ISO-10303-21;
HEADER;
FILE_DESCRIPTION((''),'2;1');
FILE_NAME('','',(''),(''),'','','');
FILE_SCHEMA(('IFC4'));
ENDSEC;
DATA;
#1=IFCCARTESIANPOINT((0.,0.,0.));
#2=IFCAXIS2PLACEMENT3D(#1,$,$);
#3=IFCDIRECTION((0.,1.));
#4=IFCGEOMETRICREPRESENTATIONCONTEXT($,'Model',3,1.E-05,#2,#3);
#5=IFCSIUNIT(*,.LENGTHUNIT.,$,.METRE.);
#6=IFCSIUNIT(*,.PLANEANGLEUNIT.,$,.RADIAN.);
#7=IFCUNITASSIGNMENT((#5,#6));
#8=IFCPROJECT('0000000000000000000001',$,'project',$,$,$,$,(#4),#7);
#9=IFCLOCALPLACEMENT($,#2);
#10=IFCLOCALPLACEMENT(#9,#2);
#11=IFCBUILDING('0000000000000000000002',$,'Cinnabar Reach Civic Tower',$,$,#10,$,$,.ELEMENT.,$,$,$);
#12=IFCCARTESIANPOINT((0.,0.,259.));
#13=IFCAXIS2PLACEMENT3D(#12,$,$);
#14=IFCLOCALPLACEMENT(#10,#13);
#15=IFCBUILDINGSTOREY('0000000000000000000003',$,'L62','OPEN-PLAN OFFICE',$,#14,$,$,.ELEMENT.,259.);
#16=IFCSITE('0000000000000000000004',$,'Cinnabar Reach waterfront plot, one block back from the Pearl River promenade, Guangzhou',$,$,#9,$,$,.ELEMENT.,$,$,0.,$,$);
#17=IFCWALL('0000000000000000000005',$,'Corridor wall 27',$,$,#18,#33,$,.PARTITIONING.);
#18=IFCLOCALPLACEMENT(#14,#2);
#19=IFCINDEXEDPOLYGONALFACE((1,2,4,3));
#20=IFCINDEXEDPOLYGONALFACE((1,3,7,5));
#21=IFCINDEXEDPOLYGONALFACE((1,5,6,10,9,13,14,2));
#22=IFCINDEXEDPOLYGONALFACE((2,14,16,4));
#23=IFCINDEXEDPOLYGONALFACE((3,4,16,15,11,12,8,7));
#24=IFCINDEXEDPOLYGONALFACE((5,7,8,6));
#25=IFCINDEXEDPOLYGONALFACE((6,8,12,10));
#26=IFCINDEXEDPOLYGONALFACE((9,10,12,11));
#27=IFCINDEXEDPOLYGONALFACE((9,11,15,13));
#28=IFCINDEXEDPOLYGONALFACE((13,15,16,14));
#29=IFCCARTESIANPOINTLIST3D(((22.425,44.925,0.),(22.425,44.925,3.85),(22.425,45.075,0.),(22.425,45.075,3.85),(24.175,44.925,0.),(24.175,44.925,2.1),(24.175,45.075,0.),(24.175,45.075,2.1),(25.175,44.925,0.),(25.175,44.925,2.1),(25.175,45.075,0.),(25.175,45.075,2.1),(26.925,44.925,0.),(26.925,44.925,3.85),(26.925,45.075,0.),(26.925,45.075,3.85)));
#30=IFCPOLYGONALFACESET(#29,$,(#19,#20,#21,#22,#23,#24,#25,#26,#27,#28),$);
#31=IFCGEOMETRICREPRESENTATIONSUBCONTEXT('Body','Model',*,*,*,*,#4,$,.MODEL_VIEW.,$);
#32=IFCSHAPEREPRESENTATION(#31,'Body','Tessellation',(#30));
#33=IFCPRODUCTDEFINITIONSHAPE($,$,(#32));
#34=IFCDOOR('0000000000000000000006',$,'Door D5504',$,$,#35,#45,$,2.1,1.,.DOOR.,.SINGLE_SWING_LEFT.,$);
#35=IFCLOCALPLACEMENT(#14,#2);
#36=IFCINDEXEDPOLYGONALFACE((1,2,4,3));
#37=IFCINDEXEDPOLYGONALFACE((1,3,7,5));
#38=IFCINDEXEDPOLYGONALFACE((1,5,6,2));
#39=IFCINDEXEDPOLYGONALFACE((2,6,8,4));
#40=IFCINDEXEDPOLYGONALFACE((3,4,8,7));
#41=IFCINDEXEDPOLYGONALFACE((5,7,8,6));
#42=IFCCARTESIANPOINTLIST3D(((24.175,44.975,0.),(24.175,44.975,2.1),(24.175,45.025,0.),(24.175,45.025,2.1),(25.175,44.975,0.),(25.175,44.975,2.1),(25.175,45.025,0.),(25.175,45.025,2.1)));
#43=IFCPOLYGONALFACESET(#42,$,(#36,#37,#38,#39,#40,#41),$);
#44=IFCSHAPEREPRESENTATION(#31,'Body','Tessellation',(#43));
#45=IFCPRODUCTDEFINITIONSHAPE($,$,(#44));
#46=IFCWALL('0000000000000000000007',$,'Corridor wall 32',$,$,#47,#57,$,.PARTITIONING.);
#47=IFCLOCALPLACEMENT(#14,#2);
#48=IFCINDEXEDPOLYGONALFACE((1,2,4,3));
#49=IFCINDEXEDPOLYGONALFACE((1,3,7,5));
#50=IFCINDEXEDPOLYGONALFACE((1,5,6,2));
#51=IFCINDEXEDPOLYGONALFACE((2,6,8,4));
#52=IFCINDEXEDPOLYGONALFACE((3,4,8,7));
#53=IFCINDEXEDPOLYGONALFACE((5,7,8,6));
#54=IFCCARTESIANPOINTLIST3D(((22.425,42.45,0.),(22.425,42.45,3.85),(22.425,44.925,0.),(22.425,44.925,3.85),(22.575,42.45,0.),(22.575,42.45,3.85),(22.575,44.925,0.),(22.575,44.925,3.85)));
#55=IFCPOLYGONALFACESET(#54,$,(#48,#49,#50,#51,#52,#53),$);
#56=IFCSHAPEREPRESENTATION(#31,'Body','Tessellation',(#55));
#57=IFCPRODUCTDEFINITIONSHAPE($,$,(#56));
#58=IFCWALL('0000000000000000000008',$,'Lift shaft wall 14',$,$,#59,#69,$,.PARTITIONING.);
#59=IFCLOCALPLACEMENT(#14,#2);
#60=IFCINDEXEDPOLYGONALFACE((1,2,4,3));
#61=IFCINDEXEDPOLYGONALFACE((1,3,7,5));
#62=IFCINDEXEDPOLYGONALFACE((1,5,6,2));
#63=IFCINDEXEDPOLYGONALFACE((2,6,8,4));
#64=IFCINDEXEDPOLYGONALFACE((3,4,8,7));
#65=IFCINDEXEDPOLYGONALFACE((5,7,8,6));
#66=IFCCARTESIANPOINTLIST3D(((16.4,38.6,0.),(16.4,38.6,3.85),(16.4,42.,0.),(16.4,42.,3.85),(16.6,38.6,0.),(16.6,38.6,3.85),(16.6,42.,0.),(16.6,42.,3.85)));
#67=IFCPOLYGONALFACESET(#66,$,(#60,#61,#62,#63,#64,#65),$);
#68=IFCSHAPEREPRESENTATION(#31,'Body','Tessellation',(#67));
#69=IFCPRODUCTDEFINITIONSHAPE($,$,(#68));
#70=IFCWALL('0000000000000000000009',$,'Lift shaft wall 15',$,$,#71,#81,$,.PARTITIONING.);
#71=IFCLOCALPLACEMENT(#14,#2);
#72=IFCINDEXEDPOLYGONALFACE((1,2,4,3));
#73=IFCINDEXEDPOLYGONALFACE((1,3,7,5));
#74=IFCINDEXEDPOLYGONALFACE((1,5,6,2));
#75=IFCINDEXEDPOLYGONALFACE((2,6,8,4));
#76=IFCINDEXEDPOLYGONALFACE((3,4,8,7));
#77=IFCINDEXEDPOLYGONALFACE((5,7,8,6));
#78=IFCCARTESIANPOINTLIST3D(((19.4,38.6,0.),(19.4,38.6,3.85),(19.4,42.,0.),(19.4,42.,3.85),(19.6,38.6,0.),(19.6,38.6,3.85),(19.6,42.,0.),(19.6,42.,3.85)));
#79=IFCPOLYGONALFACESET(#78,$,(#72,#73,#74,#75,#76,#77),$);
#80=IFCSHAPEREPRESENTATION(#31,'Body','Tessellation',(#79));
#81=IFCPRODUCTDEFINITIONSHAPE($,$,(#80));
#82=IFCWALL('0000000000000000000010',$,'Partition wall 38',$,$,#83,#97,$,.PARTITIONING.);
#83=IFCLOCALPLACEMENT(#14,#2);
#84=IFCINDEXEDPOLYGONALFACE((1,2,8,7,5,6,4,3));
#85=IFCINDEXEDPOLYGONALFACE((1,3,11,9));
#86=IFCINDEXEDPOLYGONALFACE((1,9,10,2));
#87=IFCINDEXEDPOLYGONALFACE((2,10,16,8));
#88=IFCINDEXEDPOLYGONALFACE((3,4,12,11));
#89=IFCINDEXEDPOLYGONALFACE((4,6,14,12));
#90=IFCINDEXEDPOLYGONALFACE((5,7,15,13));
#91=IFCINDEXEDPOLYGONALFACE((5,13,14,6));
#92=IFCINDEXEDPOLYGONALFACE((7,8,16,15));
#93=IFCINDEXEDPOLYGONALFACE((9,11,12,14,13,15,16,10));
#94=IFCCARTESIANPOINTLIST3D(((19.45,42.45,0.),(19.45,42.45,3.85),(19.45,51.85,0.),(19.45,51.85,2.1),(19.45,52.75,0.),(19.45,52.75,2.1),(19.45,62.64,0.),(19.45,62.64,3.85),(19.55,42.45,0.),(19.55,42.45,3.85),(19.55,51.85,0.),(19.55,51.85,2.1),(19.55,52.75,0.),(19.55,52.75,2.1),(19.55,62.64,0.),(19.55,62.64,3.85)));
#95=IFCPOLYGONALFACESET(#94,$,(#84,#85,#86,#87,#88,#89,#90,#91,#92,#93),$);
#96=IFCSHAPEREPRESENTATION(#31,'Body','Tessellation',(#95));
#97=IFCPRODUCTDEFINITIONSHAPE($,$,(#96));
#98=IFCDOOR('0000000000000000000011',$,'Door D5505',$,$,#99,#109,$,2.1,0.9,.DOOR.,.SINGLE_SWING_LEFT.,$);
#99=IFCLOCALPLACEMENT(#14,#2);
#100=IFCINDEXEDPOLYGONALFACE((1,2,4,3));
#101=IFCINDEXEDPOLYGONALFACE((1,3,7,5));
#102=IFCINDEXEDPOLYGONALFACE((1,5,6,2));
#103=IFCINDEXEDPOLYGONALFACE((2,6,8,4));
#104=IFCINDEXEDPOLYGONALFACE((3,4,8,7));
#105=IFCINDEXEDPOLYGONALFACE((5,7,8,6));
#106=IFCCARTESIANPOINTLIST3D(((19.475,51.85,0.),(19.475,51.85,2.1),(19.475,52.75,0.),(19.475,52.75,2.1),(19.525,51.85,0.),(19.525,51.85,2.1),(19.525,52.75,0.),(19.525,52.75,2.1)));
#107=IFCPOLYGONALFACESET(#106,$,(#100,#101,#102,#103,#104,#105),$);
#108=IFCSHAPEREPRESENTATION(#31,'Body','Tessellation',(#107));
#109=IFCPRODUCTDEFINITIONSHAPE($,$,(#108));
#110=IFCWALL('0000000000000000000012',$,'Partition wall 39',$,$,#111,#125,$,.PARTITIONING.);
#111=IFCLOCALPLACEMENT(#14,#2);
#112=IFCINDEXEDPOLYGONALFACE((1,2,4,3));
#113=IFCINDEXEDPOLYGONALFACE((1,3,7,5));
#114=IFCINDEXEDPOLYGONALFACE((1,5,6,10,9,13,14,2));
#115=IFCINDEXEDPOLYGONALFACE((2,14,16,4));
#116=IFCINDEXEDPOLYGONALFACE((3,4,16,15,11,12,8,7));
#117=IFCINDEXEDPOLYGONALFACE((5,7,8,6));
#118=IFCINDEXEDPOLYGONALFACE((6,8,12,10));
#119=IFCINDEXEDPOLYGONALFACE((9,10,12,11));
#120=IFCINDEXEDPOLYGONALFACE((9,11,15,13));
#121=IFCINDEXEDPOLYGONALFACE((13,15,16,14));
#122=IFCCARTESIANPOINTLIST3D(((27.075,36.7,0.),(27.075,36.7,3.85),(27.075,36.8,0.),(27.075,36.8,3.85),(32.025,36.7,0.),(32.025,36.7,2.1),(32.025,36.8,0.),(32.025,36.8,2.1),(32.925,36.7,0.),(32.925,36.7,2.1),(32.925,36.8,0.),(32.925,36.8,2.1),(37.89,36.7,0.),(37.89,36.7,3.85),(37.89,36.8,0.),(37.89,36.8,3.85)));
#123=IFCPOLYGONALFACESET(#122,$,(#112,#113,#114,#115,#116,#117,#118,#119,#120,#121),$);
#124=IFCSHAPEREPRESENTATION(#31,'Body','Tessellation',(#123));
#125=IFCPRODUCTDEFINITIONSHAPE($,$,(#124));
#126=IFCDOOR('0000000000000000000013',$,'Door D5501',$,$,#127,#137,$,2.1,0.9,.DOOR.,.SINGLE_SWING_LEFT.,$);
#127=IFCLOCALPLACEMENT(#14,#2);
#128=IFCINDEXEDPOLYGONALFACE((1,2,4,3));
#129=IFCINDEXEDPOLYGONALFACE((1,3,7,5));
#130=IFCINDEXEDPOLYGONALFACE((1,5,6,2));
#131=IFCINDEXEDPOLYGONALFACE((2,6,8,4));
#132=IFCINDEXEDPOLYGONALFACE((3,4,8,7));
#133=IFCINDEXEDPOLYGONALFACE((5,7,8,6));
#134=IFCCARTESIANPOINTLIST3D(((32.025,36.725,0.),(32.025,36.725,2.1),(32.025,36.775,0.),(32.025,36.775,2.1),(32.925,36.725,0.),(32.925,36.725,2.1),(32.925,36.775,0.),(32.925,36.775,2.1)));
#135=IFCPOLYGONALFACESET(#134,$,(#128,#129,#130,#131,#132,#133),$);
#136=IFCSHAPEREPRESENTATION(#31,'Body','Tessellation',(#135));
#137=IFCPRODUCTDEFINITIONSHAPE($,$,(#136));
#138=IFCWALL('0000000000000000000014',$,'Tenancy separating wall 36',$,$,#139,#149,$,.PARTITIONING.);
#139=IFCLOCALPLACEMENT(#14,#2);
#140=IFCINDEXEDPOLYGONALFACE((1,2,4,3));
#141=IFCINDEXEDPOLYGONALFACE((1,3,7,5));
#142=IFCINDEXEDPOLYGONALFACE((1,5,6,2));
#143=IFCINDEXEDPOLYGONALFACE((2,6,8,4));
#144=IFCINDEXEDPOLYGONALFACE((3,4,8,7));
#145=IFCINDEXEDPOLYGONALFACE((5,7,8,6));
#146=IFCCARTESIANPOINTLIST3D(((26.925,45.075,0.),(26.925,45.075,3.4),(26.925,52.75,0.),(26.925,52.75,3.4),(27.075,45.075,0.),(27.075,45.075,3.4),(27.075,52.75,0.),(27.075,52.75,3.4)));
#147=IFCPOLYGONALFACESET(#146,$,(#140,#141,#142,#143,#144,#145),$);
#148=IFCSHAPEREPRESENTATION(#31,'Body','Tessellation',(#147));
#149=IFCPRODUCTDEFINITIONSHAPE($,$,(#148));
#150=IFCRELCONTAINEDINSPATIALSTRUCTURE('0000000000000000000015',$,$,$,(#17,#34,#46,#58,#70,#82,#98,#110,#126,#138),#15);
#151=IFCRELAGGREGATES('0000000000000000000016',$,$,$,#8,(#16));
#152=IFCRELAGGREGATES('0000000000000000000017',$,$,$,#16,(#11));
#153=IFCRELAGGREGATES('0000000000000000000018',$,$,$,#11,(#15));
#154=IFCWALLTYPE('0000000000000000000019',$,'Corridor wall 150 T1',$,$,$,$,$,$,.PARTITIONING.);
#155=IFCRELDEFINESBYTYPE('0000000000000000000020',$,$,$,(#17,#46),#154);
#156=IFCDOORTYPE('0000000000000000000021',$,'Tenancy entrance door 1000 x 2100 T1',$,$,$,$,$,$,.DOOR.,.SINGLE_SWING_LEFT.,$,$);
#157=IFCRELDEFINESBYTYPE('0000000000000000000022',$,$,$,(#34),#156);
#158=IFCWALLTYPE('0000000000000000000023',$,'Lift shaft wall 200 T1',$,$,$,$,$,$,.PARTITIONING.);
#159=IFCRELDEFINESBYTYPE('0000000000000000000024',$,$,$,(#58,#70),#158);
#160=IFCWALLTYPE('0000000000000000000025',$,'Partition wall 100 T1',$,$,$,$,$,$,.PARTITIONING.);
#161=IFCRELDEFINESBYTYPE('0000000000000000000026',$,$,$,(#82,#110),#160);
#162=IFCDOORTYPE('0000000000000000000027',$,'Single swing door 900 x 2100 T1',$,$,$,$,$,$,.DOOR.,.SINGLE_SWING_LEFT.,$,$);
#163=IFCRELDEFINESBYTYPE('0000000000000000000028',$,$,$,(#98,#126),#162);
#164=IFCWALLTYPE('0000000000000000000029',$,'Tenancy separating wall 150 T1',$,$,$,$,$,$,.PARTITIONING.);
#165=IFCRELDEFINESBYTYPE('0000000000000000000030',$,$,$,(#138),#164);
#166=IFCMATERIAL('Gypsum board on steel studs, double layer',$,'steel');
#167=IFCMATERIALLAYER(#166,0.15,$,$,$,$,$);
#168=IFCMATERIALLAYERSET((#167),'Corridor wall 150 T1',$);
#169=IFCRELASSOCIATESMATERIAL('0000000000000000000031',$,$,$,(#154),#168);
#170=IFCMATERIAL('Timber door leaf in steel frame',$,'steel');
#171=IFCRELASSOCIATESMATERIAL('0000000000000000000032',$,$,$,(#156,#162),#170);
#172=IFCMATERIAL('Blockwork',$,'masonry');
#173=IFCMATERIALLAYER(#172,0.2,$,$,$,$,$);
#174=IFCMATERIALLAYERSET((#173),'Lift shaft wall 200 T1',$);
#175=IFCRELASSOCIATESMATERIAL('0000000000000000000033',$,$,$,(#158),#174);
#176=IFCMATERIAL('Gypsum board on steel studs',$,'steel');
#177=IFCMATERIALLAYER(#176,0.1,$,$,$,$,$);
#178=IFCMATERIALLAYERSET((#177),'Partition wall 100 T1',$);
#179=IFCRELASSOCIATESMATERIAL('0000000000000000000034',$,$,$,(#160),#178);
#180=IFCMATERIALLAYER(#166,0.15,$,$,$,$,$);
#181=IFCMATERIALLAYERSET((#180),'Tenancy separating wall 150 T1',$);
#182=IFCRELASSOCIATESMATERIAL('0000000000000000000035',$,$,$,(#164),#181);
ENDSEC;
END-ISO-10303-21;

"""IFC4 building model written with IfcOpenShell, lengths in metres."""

from ifc_helpers import new_model, si_unit, direction, frame, frame_2d, origin, place, context, subcontext, project, spatial, rectangle, extrude, material, layer, layer_set, type_object, element, fill, save


model = new_model("IFC4")

# Units and contexts
model_context = context("Model", 3, precision=1e-05, world=origin(), true_north=direction((0.0, 1.0)))
body_context = subcontext(model_context, "Body", "Model", "MODEL_VIEW")
ifc_project = project(units=[si_unit("LENGTHUNIT", "METRE"), si_unit("PLANEANGLEUNIT", "RADIAN")], contexts=[model_context])

# Site, building, storey
site_placement = place(None, origin())
site = spatial("IfcSite", under=ifc_project, at=site_placement, Name="Cinnabar Reach waterfront plot, one block back from the Pearl River promenade, Guangzhou", CompositionType="ELEMENT", RefElevation=0.0)
building_placement = place(site_placement, origin())
building = spatial("IfcBuilding", under=site, at=building_placement, Name="Cinnabar Reach Civic Tower", CompositionType="ELEMENT")
storey_placement = place(building_placement, frame((0.0, 0.0, 259.0)))
storey = spatial("IfcBuildingStorey", under=building, at=storey_placement, Name="L62", Description="OPEN-PLAN OFFICE", CompositionType="ELEMENT", Elevation=259.0)

# Shared definitions
ifc_material_1 = material(Name="Gypsum board on steel studs, double layer", Category="steel")
ifc_layer_1 = layer(ifc_material_1, 0.15)
ifc_layer_set_1 = layer_set([ifc_layer_1], Name="Corridor wall 150 T1")
wall_type_1 = type_object("IfcWallType", Name="Corridor wall 150 T1", PredefinedType="PARTITIONING", material=ifc_layer_set_1)

# Wall, opening, door
wall_1_placement = place(storey_placement, frame((22.425, 45.0, 0.0), z_axis=(0.0, 0.0, 1.0), x_axis=(1.0, 0.0, 0.0)))
wall_1 = element("IfcWall", 1, at=wall_1_placement, inside=storey, type_object=wall_type_1, Name="Corridor wall 27", PredefinedType="PARTITIONING", context=body_context, shape_type="SweptSolid", body=[
    extrude(rectangle(XDim=4.5, YDim=0.15, at=frame_2d((2.25, 0.0))), origin(), (0.0, 0.0, 1.0), 3.85),
])
opening_1_placement = place(wall_1_placement, frame((1.75, 0.0, 0.0)))
opening_1 = element("IfcOpeningElement", 2, at=opening_1_placement, cuts=wall_1, PredefinedType="OPENING", context=body_context, shape_type="SweptSolid", body=[
    extrude(rectangle(XDim=1.0, YDim=2.1, at=frame_2d((0.5, 1.05))), frame((0.0, 0.085, 0.0), z_axis=(0.0, -1.0, 0.0), x_axis=(1.0, 0.0, 0.0)), (0.0, 0.0, 1.0), 0.17),
])
ifc_material_2 = material(Name="Timber door leaf in steel frame", Category="steel")
door_type_1 = type_object("IfcDoorType", Name="Tenancy entrance door 1000 x 2100 T1", OperationType="SINGLE_SWING_LEFT", PredefinedType="DOOR", material=ifc_material_2)
door_1_placement = place(opening_1_placement, origin())
door_1 = element("IfcDoor", 3, at=door_1_placement, inside=storey, type_object=door_type_1, Name="Door D5504", OperationType="SINGLE_SWING_LEFT", OverallHeight=2.1, OverallWidth=1.0, PredefinedType="DOOR", context=body_context, shape_type="SweptSolid", body=[
    extrude(rectangle(XDim=1.0, YDim=2.1, at=frame_2d((0.5, 1.05))), frame((0.0, 0.025, 0.0), z_axis=(0.0, -1.0, 0.0), x_axis=(1.0, 0.0, 0.0)), (0.0, 0.0, 1.0), 0.05),
])
fill(opening_1, door_1)

# Walls
wall_2_placement = place(storey_placement, frame((22.5, 42.45, 0.0), z_axis=(0.0, 0.0, 1.0), x_axis=(0.0, 1.0, 0.0)))
element("IfcWall", 4, at=wall_2_placement, inside=storey, type_object=wall_type_1, Name="Corridor wall 32", PredefinedType="PARTITIONING", context=body_context, shape_type="SweptSolid", body=[
    extrude(rectangle(XDim=2.475, YDim=0.15, at=frame_2d((1.2375, 0.0))), origin(), (0.0, 0.0, 1.0), 3.85),
])
ifc_material_3 = material(Name="Blockwork", Category="masonry")
ifc_layer_2 = layer(ifc_material_3, 0.2)
ifc_layer_set_2 = layer_set([ifc_layer_2], Name="Lift shaft wall 200 T1")
wall_type_2 = type_object("IfcWallType", Name="Lift shaft wall 200 T1", PredefinedType="PARTITIONING", material=ifc_layer_set_2)
for number, where, z_axis, x_axis, name in (
    (5, (16.5, 38.6, 0.0), (0.0, 0.0, 1.0), (0.0, 1.0, 0.0), "Lift shaft wall 14"),
    (6, (19.5, 38.6, 0.0), (0.0, 0.0, 1.0), (0.0, 1.0, 0.0), "Lift shaft wall 15"),
):
    element("IfcWall", number, at=place(storey_placement, frame(where, z_axis=z_axis, x_axis=x_axis)), inside=storey, type_object=wall_type_2, Name=name, PredefinedType="PARTITIONING", context=body_context, shape_type="SweptSolid", body=[
        extrude(rectangle(XDim=3.4, YDim=0.2, at=frame_2d((1.7, 0.0))), origin(), (0.0, 0.0, 1.0), 3.85),
    ])

# Walls, openings, doors
ifc_material_4 = material(Name="Gypsum board on steel studs", Category="steel")
ifc_layer_3 = layer(ifc_material_4, 0.1)
ifc_layer_set_3 = layer_set([ifc_layer_3], Name="Partition wall 100 T1")
wall_type_3 = type_object("IfcWallType", Name="Partition wall 100 T1", PredefinedType="PARTITIONING", material=ifc_layer_set_3)
wall_3_placement = place(storey_placement, frame((19.5, 42.45, 0.0), z_axis=(0.0, 0.0, 1.0), x_axis=(0.0, 1.0, 0.0)))
wall_3 = element("IfcWall", 7, at=wall_3_placement, inside=storey, type_object=wall_type_3, Name="Partition wall 38", PredefinedType="PARTITIONING", context=body_context, shape_type="SweptSolid", body=[
    extrude(rectangle(XDim=20.19, YDim=0.1, at=frame_2d((10.095, 0.0))), origin(), (0.0, 0.0, 1.0), 3.85),
])
opening_2_placement = place(wall_3_placement, frame((9.4, 0.0, 0.0)))
opening_2 = element("IfcOpeningElement", 8, at=opening_2_placement, cuts=wall_3, PredefinedType="OPENING", context=body_context, shape_type="SweptSolid", body=[
    extrude(rectangle(XDim=0.9, YDim=2.1, at=frame_2d((0.45, 1.05))), frame((0.0, 0.06, 0.0), z_axis=(0.0, -1.0, 0.0), x_axis=(1.0, 0.0, 0.0)), (0.0, 0.0, 1.0), 0.12),
])
door_type_2 = type_object("IfcDoorType", Name="Single swing door 900 x 2100 T1", OperationType="SINGLE_SWING_LEFT", PredefinedType="DOOR", material=ifc_material_2)
door_2_placement = place(opening_2_placement, frame((0.9, 0.0, 0.0), z_axis=(0.0, 0.0, 1.0), x_axis=(-1.0, 0.0, 0.0)))
door_2 = element("IfcDoor", 9, at=door_2_placement, inside=storey, type_object=door_type_2, Name="Door D5505", OperationType="SINGLE_SWING_LEFT", OverallHeight=2.1, OverallWidth=0.9, PredefinedType="DOOR", context=body_context, shape_type="SweptSolid", body=[
    extrude(rectangle(XDim=0.9, YDim=2.1, at=frame_2d((0.45, 1.05))), frame((0.0, 0.025, 0.0), z_axis=(0.0, -1.0, 0.0), x_axis=(1.0, 0.0, 0.0)), (0.0, 0.0, 1.0), 0.05),
])
fill(opening_2, door_2)
wall_4_placement = place(storey_placement, frame((27.075, 36.75, 0.0), z_axis=(0.0, 0.0, 1.0), x_axis=(1.0, 0.0, 0.0)))
wall_4 = element("IfcWall", 10, at=wall_4_placement, inside=storey, type_object=wall_type_3, Name="Partition wall 39", PredefinedType="PARTITIONING", context=body_context, shape_type="SweptSolid", body=[
    extrude(rectangle(XDim=10.815, YDim=0.1, at=frame_2d((5.4075, 0.0))), origin(), (0.0, 0.0, 1.0), 3.85),
])
opening_3_placement = place(wall_4_placement, frame((4.95, 0.0, 0.0)))
opening_3 = element("IfcOpeningElement", 11, at=opening_3_placement, cuts=wall_4, PredefinedType="OPENING", context=body_context, shape_type="SweptSolid", body=[
    extrude(rectangle(XDim=0.9, YDim=2.1, at=frame_2d((0.45, 1.05))), frame((0.0, 0.06, 0.0), z_axis=(0.0, -1.0, 0.0), x_axis=(1.0, 0.0, 0.0)), (0.0, 0.0, 1.0), 0.12),
])
door_3_placement = place(opening_3_placement, frame((0.9, 0.0, 0.0), z_axis=(0.0, 0.0, 1.0), x_axis=(-1.0, 0.0, 0.0)))
door_3 = element("IfcDoor", 12, at=door_3_placement, inside=storey, type_object=door_type_2, Name="Door D5501", OperationType="SINGLE_SWING_LEFT", OverallHeight=2.1, OverallWidth=0.9, PredefinedType="DOOR", context=body_context, shape_type="SweptSolid", body=[
    extrude(rectangle(XDim=0.9, YDim=2.1, at=frame_2d((0.45, 1.05))), frame((0.0, 0.025, 0.0), z_axis=(0.0, -1.0, 0.0), x_axis=(1.0, 0.0, 0.0)), (0.0, 0.0, 1.0), 0.05),
])
fill(opening_3, door_3)

# Wall
ifc_layer_4 = layer(ifc_material_1, 0.15)
ifc_layer_set_4 = layer_set([ifc_layer_4], Name="Tenancy separating wall 150 T1")
wall_type_4 = type_object("IfcWallType", Name="Tenancy separating wall 150 T1", PredefinedType="PARTITIONING", material=ifc_layer_set_4)
wall_5_placement = place(storey_placement, frame((27.0, 45.075, 0.0), z_axis=(0.0, 0.0, 1.0), x_axis=(0.0, 1.0, 0.0)))
element("IfcWall", 13, at=wall_5_placement, inside=storey, type_object=wall_type_4, Name="Tenancy separating wall 36", PredefinedType="PARTITIONING", context=body_context, shape_type="SweptSolid", body=[
    extrude(rectangle(XDim=7.675, YDim=0.15, at=frame_2d((3.8375, 0.0))), origin(), (0.0, 0.0, 1.0), 3.4),
])

save(model, "model.ifc")
